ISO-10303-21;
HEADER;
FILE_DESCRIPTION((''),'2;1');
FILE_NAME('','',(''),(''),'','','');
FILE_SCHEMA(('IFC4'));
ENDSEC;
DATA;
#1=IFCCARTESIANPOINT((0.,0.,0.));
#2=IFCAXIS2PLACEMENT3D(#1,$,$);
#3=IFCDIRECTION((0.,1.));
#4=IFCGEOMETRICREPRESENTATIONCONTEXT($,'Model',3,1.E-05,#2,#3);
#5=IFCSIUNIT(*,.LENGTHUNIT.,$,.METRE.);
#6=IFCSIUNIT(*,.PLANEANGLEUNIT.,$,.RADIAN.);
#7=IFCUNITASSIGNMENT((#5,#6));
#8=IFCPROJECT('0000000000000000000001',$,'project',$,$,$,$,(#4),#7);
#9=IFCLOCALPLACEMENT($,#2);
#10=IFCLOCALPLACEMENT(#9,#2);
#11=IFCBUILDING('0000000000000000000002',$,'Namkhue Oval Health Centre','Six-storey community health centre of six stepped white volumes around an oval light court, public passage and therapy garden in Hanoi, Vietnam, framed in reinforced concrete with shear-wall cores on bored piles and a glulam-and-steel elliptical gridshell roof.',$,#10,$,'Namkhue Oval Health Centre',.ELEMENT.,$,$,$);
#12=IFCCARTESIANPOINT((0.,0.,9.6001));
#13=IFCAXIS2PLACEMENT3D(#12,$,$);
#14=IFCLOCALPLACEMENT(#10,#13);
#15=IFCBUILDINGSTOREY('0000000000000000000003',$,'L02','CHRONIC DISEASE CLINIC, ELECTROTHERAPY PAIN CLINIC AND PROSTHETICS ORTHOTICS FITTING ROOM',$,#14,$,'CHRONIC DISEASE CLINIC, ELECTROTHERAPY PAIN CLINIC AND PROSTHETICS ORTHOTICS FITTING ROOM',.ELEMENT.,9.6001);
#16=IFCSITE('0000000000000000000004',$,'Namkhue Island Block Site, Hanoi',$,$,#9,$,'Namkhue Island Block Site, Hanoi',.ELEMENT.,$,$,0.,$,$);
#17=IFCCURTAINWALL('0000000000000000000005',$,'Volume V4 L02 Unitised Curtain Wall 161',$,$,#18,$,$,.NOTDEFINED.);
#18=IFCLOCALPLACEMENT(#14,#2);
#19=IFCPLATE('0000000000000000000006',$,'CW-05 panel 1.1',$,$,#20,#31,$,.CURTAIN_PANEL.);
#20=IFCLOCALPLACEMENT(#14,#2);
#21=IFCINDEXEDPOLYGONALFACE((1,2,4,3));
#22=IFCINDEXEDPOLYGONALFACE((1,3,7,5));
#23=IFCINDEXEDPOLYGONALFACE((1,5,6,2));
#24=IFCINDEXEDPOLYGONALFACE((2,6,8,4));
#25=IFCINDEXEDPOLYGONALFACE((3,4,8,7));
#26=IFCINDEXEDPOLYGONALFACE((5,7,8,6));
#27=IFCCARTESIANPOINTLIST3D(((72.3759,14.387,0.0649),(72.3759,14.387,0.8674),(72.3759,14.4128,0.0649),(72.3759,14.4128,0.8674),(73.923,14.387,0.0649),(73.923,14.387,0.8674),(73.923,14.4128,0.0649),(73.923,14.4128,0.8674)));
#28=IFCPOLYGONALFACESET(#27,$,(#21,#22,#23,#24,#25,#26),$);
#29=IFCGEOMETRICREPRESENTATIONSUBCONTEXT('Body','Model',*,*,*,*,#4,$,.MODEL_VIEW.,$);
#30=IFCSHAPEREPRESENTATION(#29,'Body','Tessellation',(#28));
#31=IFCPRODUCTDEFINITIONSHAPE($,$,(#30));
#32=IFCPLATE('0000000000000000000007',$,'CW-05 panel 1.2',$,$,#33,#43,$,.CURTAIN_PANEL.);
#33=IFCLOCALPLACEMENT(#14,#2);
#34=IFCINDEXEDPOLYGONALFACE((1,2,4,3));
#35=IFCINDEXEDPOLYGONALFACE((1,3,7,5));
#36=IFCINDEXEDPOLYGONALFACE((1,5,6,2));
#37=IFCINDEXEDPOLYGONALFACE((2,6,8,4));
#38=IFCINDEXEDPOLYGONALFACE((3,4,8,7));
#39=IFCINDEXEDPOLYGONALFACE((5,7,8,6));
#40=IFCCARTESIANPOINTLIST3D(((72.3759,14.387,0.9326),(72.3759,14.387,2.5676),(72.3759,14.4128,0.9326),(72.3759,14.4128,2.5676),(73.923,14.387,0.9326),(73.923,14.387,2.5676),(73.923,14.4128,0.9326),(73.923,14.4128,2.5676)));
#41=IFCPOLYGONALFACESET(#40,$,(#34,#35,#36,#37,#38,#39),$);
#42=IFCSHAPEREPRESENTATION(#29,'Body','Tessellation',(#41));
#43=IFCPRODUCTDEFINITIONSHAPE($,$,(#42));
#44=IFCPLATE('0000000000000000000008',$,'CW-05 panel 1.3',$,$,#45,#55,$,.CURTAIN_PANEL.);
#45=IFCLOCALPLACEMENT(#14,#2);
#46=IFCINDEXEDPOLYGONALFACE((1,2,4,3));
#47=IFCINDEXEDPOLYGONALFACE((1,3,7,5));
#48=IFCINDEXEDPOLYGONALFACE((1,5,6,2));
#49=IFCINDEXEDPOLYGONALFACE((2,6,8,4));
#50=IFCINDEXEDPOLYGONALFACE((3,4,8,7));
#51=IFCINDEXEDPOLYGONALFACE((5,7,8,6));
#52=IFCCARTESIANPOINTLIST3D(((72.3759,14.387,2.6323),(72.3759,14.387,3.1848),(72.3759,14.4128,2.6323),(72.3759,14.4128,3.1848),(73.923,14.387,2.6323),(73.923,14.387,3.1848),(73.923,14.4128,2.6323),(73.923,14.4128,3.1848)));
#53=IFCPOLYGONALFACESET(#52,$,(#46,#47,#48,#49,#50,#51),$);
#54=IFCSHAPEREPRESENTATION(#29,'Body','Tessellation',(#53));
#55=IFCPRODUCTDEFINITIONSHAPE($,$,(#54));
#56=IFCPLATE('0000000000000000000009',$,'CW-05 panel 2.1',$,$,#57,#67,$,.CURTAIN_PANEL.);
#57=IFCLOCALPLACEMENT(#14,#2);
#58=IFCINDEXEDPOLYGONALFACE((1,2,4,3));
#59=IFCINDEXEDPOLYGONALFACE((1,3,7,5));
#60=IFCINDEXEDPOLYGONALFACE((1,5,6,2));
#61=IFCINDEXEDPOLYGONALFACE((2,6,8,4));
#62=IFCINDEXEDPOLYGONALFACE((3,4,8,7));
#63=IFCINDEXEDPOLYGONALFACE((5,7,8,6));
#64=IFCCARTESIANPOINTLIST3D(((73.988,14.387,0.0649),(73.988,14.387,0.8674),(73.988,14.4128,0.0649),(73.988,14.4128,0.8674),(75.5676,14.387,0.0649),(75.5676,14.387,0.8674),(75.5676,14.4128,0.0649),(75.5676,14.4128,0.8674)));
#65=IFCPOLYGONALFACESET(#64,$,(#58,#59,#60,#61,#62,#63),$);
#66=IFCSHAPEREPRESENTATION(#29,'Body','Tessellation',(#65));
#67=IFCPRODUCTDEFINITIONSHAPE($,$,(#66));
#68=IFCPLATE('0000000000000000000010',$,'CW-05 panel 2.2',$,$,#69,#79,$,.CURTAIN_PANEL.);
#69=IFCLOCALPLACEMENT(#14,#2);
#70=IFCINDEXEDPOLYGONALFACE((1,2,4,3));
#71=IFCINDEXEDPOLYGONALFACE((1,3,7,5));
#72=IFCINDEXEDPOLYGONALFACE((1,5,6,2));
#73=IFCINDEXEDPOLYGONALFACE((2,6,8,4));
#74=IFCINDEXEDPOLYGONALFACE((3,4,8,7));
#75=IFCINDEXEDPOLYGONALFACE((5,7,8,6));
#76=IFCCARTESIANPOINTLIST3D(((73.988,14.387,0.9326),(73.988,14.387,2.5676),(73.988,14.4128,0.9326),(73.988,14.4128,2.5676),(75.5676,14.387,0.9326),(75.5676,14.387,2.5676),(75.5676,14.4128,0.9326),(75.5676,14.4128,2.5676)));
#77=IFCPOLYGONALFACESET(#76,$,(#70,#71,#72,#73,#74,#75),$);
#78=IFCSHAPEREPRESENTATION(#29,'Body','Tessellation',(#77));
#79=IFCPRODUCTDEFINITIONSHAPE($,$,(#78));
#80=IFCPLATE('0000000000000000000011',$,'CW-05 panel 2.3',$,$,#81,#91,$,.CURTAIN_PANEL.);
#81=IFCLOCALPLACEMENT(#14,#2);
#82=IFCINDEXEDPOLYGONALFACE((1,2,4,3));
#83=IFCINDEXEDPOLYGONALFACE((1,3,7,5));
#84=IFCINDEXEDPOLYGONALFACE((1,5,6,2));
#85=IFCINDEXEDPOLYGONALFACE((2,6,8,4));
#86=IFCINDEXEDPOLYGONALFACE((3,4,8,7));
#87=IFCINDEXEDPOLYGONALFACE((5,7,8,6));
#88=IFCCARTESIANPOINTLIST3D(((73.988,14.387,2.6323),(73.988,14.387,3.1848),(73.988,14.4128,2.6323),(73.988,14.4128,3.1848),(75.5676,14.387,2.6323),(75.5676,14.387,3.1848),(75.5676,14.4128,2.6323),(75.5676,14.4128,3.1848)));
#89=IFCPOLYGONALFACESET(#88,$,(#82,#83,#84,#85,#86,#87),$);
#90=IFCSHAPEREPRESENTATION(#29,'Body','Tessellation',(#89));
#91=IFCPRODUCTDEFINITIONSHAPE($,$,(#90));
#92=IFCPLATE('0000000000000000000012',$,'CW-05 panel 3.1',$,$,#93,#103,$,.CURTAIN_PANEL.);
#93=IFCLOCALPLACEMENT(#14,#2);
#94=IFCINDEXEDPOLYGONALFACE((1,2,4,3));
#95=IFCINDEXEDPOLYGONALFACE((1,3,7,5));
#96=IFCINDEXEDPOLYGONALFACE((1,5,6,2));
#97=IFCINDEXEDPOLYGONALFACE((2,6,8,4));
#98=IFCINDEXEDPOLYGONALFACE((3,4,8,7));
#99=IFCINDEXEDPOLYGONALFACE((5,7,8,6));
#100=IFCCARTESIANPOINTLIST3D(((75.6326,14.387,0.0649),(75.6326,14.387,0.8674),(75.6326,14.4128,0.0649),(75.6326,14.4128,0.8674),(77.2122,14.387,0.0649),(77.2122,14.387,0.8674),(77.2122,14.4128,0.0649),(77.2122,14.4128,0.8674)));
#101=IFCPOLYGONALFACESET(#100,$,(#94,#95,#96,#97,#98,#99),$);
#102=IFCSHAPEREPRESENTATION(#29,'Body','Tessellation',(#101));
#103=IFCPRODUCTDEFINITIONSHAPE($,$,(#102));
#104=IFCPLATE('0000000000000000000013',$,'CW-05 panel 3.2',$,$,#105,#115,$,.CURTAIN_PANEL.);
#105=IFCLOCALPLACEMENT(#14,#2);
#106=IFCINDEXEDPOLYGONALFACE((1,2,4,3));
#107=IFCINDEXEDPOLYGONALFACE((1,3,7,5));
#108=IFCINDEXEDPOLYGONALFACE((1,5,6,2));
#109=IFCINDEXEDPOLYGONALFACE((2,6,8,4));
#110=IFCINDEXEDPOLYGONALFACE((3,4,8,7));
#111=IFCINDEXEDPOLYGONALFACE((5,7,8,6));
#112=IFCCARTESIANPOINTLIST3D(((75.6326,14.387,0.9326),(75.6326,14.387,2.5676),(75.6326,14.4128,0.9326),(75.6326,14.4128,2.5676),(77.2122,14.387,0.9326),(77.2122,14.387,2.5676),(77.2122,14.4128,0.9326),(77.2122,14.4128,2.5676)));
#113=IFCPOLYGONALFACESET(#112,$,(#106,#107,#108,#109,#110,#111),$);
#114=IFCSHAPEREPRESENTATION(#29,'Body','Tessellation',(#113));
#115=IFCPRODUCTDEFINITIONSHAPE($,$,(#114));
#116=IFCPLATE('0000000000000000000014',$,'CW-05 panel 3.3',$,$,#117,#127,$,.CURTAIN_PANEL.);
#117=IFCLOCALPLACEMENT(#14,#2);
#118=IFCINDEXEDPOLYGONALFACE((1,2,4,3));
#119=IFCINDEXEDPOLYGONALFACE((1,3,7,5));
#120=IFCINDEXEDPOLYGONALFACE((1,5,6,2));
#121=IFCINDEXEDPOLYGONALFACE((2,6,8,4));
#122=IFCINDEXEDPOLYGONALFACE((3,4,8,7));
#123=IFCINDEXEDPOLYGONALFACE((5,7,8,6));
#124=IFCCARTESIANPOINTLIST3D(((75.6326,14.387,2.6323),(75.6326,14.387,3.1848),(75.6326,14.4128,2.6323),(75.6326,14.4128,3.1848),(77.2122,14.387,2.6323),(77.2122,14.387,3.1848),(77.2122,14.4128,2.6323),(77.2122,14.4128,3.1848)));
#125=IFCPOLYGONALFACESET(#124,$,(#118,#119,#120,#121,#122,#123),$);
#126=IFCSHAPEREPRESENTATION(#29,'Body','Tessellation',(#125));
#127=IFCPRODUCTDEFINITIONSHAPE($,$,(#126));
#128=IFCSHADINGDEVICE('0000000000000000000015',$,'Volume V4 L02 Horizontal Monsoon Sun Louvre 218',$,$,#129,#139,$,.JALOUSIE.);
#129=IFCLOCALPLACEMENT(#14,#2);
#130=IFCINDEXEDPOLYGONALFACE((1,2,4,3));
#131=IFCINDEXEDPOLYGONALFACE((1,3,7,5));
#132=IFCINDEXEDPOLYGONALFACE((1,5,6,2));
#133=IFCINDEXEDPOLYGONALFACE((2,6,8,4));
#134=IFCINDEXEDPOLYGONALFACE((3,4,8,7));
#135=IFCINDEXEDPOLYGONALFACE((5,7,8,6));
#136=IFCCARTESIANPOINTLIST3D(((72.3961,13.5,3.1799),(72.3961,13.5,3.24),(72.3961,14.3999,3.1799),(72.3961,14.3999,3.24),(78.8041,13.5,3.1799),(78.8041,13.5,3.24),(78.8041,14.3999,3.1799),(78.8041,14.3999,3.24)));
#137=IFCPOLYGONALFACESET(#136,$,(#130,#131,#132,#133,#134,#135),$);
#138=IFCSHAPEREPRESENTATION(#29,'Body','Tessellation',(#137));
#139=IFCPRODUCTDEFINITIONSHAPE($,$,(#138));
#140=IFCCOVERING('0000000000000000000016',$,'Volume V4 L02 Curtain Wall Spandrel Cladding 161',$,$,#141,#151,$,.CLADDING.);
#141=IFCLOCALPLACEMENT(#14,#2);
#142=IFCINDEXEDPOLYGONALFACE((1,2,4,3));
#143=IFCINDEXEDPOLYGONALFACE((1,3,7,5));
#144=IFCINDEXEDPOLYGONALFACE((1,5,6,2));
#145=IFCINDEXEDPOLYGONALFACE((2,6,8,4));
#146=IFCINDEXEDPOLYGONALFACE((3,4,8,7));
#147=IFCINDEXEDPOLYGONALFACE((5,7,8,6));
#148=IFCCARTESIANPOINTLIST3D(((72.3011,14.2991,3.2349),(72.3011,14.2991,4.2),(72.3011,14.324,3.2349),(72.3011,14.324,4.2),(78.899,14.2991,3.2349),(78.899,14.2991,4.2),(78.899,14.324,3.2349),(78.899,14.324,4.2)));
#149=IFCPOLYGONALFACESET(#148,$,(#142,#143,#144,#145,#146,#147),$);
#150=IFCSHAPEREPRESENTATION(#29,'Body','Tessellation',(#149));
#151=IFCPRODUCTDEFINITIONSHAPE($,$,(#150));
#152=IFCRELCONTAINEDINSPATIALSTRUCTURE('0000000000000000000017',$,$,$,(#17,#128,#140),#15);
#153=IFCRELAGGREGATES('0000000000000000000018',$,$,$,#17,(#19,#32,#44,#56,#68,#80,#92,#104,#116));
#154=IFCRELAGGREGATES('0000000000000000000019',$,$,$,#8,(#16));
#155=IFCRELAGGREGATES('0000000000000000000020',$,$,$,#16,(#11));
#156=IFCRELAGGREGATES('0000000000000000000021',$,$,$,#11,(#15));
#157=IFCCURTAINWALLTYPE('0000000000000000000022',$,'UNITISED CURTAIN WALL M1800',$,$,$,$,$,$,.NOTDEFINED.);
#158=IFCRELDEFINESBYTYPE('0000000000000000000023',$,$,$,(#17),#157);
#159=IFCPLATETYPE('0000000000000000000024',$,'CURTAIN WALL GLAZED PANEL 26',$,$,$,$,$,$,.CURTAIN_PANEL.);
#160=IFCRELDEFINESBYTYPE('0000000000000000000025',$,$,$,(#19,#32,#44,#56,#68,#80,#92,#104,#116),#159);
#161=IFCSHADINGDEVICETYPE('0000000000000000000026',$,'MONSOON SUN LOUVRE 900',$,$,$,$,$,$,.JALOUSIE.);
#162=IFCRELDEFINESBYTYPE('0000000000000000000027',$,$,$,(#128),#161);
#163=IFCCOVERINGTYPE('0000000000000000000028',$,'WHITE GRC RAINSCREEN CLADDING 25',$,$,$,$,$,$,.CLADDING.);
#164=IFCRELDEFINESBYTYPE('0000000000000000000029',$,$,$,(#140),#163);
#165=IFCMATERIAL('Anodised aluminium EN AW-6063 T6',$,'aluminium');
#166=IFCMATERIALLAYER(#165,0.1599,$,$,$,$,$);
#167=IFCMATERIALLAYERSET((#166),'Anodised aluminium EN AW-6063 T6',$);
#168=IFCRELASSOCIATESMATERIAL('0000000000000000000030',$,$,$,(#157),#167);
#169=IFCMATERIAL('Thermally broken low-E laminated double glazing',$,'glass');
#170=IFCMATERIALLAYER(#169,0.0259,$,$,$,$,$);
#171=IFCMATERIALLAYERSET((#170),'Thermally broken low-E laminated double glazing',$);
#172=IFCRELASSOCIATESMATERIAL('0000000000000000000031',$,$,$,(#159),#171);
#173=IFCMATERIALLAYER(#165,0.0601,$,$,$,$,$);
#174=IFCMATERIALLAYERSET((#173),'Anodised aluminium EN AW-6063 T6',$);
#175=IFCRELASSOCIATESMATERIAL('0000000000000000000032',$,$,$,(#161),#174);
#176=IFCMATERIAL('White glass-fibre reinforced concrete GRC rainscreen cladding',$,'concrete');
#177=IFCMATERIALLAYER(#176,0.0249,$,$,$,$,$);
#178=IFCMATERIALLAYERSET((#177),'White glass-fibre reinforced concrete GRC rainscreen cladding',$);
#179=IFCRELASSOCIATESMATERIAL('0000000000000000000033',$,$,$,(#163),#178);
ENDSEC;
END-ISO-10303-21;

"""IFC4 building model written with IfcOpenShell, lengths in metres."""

from ifc_helpers import new_model, si_unit, direction, frame, origin, origin_2d, place, context, subcontext, project, spatial, rectangle, extrude, material, layer, layer_set, type_object, element, aggregate, save


model = new_model("IFC4")

# Units and contexts
model_context = context("Model", 3, precision=1e-05, world=origin(), true_north=direction((0.0, 1.0)))
body_context = subcontext(model_context, "Body", "Model", "MODEL_VIEW")
ifc_project = project(units=[si_unit("LENGTHUNIT", "METRE"), si_unit("PLANEANGLEUNIT", "RADIAN")], contexts=[model_context])

# Site, building, storey
site_placement = place(None, origin())
site = spatial("IfcSite", under=ifc_project, at=site_placement, Name="Namkhue Island Block Site, Hanoi", LongName="Namkhue Island Block Site, Hanoi", CompositionType="ELEMENT", RefElevation=0.0)
building_placement = place(site_placement, origin())
building = spatial("IfcBuilding", under=site, at=building_placement, Name="Namkhue Oval Health Centre", Description="Six-storey community health centre of six stepped white volumes around an oval light court, public passage and therapy garden in Hanoi, Vietnam, framed in reinforced concrete with shear-wall cores on bored piles and a glulam-and-steel elliptical gridshell roof.", LongName="Namkhue Oval Health Centre", CompositionType="ELEMENT")
storey_placement = place(building_placement, frame((0.0, 0.0, 9.6001)))
storey = spatial("IfcBuildingStorey", under=building, at=storey_placement, Name="L02", Description="CHRONIC DISEASE CLINIC, ELECTROTHERAPY PAIN CLINIC AND PROSTHETICS ORTHOTICS FITTING ROOM", LongName="CHRONIC DISEASE CLINIC, ELECTROTHERAPY PAIN CLINIC AND PROSTHETICS ORTHOTICS FITTING ROOM", CompositionType="ELEMENT", Elevation=9.6001)

# Curtain wall, plates
ifc_material_1 = material(Name="Anodised aluminium EN AW-6063 T6", Category="aluminium")
ifc_layer_1 = layer(ifc_material_1, 0.1599)
ifc_layer_set_1 = layer_set([ifc_layer_1], Name="Anodised aluminium EN AW-6063 T6")
curtain_wall_type = type_object("IfcCurtainWallType", Name="UNITISED CURTAIN WALL M1800", PredefinedType="NOTDEFINED", material=ifc_layer_set_1)
curtain_wall_placement = place(storey_placement, origin())
curtain_wall = element("IfcCurtainWall", 1, at=curtain_wall_placement, inside=storey, type_object=curtain_wall_type, Name="Volume V4 L02 Unitised Curtain Wall 161", PredefinedType="NOTDEFINED")
ifc_material_2 = material(Name="Thermally broken low-E laminated double glazing", Category="glass")
ifc_layer_2 = layer(ifc_material_2, 0.0259)
ifc_layer_set_2 = layer_set([ifc_layer_2], Name="Thermally broken low-E laminated double glazing")
plate_type = type_object("IfcPlateType", Name="CURTAIN WALL GLAZED PANEL 26", PredefinedType="CURTAIN_PANEL", material=ifc_layer_set_2)
plate_1_placement = place(storey_placement, frame((73.1494, 14.3999, 0.0649), z_axis=(0.0, 0.0, 1.0), x_axis=(1.0, 0.0, 0.0)))
plate_1 = element("IfcPlate", 2, at=plate_1_placement, type_object=plate_type, Name="CW-05 panel 1.1", PredefinedType="CURTAIN_PANEL", context=body_context, shape_type="SweptSolid", body=[
    extrude(rectangle(XDim=1.5471, YDim=0.0259, at=origin_2d()), origin(), (0.0, 0.0, 1.0), 0.8025),
])
plate_2_placement = place(storey_placement, frame((73.1494, 14.3999, 0.9326), z_axis=(0.0, 0.0, 1.0), x_axis=(1.0, 0.0, 0.0)))
plate_2 = element("IfcPlate", 3, at=plate_2_placement, type_object=plate_type, Name="CW-05 panel 1.2", PredefinedType="CURTAIN_PANEL", context=body_context, shape_type="SweptSolid", body=[
    extrude(rectangle(XDim=1.5471, YDim=0.0259, at=origin_2d()), origin(), (0.0, 0.0, 1.0), 1.635),
])
plate_3_placement = place(storey_placement, frame((73.1494, 14.3999, 2.6323), z_axis=(0.0, 0.0, 1.0), x_axis=(1.0, 0.0, 0.0)))
plate_3 = element("IfcPlate", 4, at=plate_3_placement, type_object=plate_type, Name="CW-05 panel 1.3", PredefinedType="CURTAIN_PANEL", context=body_context, shape_type="SweptSolid", body=[
    extrude(rectangle(XDim=1.5471, YDim=0.0259, at=origin_2d()), origin(), (0.0, 0.0, 1.0), 0.5525),
])
plate_4_placement = place(storey_placement, frame((74.7778, 14.3999, 0.0649), z_axis=(0.0, 0.0, 1.0), x_axis=(1.0, 0.0, 0.0)))
plate_4 = element("IfcPlate", 5, at=plate_4_placement, type_object=plate_type, Name="CW-05 panel 2.1", PredefinedType="CURTAIN_PANEL", context=body_context, shape_type="SweptSolid", body=[
    extrude(rectangle(XDim=1.5796, YDim=0.0259, at=origin_2d()), origin(), (0.0, 0.0, 1.0), 0.8025),
])
plate_5_placement = place(storey_placement, frame((74.7778, 14.3999, 0.9326), z_axis=(0.0, 0.0, 1.0), x_axis=(1.0, 0.0, 0.0)))
plate_5 = element("IfcPlate", 6, at=plate_5_placement, type_object=plate_type, Name="CW-05 panel 2.2", PredefinedType="CURTAIN_PANEL", context=body_context, shape_type="SweptSolid", body=[
    extrude(rectangle(XDim=1.5796, YDim=0.0259, at=origin_2d()), origin(), (0.0, 0.0, 1.0), 1.635),
])
plate_6_placement = place(storey_placement, frame((74.7778, 14.3999, 2.6323), z_axis=(0.0, 0.0, 1.0), x_axis=(1.0, 0.0, 0.0)))
plate_6 = element("IfcPlate", 7, at=plate_6_placement, type_object=plate_type, Name="CW-05 panel 2.3", PredefinedType="CURTAIN_PANEL", context=body_context, shape_type="SweptSolid", body=[
    extrude(rectangle(XDim=1.5796, YDim=0.0259, at=origin_2d()), origin(), (0.0, 0.0, 1.0), 0.5525),
])
plate_7_placement = place(storey_placement, frame((76.4224, 14.3999, 0.0649), z_axis=(0.0, 0.0, 1.0), x_axis=(1.0, 0.0, 0.0)))
plate_7 = element("IfcPlate", 8, at=plate_7_placement, type_object=plate_type, Name="CW-05 panel 3.1", PredefinedType="CURTAIN_PANEL", context=body_context, shape_type="SweptSolid", body=[
    extrude(rectangle(XDim=1.5796, YDim=0.0259, at=origin_2d()), origin(), (0.0, 0.0, 1.0), 0.8025),
])
plate_8_placement = place(storey_placement, frame((76.4224, 14.3999, 0.9326), z_axis=(0.0, 0.0, 1.0), x_axis=(1.0, 0.0, 0.0)))
plate_8 = element("IfcPlate", 9, at=plate_8_placement, type_object=plate_type, Name="CW-05 panel 3.2", PredefinedType="CURTAIN_PANEL", context=body_context, shape_type="SweptSolid", body=[
    extrude(rectangle(XDim=1.5796, YDim=0.0259, at=origin_2d()), origin(), (0.0, 0.0, 1.0), 1.635),
])
plate_9_placement = place(storey_placement, frame((76.4224, 14.3999, 2.6323), z_axis=(0.0, 0.0, 1.0), x_axis=(1.0, 0.0, 0.0)))
plate_9 = element("IfcPlate", 10, at=plate_9_placement, type_object=plate_type, Name="CW-05 panel 3.3", PredefinedType="CURTAIN_PANEL", context=body_context, shape_type="SweptSolid", body=[
    extrude(rectangle(XDim=1.5796, YDim=0.0259, at=origin_2d()), origin(), (0.0, 0.0, 1.0), 0.5525),
])
aggregate(curtain_wall, [plate_1, plate_2, plate_3, plate_4, plate_5, plate_6, plate_7, plate_8, plate_9])

# Shading device
ifc_layer_3 = layer(ifc_material_1, 0.0601)
ifc_layer_set_3 = layer_set([ifc_layer_3], Name="Anodised aluminium EN AW-6063 T6")
shading_device_type = type_object("IfcShadingDeviceType", Name="MONSOON SUN LOUVRE 900", PredefinedType="JALOUSIE", material=ifc_layer_set_3)
shading_device_placement = place(storey_placement, frame((75.6001, 13.95, 3.1799), z_axis=(0.0, 0.0, 1.0), x_axis=(1.0, 0.0, 0.0)))
element("IfcShadingDevice", 11, at=shading_device_placement, inside=storey, type_object=shading_device_type, Name="Volume V4 L02 Horizontal Monsoon Sun Louvre 218", PredefinedType="JALOUSIE", context=body_context, shape_type="SweptSolid", body=[
    extrude(rectangle(XDim=6.408, YDim=0.8999, at=origin_2d()), origin(), (0.0, 0.0, 1.0), 0.0601),
])

# Covering
ifc_material_3 = material(Name="White glass-fibre reinforced concrete GRC rainscreen cladding", Category="concrete")
ifc_layer_4 = layer(ifc_material_3, 0.0249)
ifc_layer_set_4 = layer_set([ifc_layer_4], Name="White glass-fibre reinforced concrete GRC rainscreen cladding")
covering_type = type_object("IfcCoveringType", Name="WHITE GRC RAINSCREEN CLADDING 25", PredefinedType="CLADDING", material=ifc_layer_set_4)
covering_placement = place(storey_placement, frame((75.6001, 14.3115, 3.2349), z_axis=(0.0, 0.0, 1.0), x_axis=(1.0, 0.0, 0.0)))
element("IfcCovering", 12, at=covering_placement, inside=storey, type_object=covering_type, Name="Volume V4 L02 Curtain Wall Spandrel Cladding 161", PredefinedType="CLADDING", context=body_context, shape_type="SweptSolid", body=[
    extrude(rectangle(XDim=6.5979, YDim=0.0249, at=origin_2d()), origin(), (0.0, 0.0, 1.0), 0.9651),
])

save(model, "model.ifc")
